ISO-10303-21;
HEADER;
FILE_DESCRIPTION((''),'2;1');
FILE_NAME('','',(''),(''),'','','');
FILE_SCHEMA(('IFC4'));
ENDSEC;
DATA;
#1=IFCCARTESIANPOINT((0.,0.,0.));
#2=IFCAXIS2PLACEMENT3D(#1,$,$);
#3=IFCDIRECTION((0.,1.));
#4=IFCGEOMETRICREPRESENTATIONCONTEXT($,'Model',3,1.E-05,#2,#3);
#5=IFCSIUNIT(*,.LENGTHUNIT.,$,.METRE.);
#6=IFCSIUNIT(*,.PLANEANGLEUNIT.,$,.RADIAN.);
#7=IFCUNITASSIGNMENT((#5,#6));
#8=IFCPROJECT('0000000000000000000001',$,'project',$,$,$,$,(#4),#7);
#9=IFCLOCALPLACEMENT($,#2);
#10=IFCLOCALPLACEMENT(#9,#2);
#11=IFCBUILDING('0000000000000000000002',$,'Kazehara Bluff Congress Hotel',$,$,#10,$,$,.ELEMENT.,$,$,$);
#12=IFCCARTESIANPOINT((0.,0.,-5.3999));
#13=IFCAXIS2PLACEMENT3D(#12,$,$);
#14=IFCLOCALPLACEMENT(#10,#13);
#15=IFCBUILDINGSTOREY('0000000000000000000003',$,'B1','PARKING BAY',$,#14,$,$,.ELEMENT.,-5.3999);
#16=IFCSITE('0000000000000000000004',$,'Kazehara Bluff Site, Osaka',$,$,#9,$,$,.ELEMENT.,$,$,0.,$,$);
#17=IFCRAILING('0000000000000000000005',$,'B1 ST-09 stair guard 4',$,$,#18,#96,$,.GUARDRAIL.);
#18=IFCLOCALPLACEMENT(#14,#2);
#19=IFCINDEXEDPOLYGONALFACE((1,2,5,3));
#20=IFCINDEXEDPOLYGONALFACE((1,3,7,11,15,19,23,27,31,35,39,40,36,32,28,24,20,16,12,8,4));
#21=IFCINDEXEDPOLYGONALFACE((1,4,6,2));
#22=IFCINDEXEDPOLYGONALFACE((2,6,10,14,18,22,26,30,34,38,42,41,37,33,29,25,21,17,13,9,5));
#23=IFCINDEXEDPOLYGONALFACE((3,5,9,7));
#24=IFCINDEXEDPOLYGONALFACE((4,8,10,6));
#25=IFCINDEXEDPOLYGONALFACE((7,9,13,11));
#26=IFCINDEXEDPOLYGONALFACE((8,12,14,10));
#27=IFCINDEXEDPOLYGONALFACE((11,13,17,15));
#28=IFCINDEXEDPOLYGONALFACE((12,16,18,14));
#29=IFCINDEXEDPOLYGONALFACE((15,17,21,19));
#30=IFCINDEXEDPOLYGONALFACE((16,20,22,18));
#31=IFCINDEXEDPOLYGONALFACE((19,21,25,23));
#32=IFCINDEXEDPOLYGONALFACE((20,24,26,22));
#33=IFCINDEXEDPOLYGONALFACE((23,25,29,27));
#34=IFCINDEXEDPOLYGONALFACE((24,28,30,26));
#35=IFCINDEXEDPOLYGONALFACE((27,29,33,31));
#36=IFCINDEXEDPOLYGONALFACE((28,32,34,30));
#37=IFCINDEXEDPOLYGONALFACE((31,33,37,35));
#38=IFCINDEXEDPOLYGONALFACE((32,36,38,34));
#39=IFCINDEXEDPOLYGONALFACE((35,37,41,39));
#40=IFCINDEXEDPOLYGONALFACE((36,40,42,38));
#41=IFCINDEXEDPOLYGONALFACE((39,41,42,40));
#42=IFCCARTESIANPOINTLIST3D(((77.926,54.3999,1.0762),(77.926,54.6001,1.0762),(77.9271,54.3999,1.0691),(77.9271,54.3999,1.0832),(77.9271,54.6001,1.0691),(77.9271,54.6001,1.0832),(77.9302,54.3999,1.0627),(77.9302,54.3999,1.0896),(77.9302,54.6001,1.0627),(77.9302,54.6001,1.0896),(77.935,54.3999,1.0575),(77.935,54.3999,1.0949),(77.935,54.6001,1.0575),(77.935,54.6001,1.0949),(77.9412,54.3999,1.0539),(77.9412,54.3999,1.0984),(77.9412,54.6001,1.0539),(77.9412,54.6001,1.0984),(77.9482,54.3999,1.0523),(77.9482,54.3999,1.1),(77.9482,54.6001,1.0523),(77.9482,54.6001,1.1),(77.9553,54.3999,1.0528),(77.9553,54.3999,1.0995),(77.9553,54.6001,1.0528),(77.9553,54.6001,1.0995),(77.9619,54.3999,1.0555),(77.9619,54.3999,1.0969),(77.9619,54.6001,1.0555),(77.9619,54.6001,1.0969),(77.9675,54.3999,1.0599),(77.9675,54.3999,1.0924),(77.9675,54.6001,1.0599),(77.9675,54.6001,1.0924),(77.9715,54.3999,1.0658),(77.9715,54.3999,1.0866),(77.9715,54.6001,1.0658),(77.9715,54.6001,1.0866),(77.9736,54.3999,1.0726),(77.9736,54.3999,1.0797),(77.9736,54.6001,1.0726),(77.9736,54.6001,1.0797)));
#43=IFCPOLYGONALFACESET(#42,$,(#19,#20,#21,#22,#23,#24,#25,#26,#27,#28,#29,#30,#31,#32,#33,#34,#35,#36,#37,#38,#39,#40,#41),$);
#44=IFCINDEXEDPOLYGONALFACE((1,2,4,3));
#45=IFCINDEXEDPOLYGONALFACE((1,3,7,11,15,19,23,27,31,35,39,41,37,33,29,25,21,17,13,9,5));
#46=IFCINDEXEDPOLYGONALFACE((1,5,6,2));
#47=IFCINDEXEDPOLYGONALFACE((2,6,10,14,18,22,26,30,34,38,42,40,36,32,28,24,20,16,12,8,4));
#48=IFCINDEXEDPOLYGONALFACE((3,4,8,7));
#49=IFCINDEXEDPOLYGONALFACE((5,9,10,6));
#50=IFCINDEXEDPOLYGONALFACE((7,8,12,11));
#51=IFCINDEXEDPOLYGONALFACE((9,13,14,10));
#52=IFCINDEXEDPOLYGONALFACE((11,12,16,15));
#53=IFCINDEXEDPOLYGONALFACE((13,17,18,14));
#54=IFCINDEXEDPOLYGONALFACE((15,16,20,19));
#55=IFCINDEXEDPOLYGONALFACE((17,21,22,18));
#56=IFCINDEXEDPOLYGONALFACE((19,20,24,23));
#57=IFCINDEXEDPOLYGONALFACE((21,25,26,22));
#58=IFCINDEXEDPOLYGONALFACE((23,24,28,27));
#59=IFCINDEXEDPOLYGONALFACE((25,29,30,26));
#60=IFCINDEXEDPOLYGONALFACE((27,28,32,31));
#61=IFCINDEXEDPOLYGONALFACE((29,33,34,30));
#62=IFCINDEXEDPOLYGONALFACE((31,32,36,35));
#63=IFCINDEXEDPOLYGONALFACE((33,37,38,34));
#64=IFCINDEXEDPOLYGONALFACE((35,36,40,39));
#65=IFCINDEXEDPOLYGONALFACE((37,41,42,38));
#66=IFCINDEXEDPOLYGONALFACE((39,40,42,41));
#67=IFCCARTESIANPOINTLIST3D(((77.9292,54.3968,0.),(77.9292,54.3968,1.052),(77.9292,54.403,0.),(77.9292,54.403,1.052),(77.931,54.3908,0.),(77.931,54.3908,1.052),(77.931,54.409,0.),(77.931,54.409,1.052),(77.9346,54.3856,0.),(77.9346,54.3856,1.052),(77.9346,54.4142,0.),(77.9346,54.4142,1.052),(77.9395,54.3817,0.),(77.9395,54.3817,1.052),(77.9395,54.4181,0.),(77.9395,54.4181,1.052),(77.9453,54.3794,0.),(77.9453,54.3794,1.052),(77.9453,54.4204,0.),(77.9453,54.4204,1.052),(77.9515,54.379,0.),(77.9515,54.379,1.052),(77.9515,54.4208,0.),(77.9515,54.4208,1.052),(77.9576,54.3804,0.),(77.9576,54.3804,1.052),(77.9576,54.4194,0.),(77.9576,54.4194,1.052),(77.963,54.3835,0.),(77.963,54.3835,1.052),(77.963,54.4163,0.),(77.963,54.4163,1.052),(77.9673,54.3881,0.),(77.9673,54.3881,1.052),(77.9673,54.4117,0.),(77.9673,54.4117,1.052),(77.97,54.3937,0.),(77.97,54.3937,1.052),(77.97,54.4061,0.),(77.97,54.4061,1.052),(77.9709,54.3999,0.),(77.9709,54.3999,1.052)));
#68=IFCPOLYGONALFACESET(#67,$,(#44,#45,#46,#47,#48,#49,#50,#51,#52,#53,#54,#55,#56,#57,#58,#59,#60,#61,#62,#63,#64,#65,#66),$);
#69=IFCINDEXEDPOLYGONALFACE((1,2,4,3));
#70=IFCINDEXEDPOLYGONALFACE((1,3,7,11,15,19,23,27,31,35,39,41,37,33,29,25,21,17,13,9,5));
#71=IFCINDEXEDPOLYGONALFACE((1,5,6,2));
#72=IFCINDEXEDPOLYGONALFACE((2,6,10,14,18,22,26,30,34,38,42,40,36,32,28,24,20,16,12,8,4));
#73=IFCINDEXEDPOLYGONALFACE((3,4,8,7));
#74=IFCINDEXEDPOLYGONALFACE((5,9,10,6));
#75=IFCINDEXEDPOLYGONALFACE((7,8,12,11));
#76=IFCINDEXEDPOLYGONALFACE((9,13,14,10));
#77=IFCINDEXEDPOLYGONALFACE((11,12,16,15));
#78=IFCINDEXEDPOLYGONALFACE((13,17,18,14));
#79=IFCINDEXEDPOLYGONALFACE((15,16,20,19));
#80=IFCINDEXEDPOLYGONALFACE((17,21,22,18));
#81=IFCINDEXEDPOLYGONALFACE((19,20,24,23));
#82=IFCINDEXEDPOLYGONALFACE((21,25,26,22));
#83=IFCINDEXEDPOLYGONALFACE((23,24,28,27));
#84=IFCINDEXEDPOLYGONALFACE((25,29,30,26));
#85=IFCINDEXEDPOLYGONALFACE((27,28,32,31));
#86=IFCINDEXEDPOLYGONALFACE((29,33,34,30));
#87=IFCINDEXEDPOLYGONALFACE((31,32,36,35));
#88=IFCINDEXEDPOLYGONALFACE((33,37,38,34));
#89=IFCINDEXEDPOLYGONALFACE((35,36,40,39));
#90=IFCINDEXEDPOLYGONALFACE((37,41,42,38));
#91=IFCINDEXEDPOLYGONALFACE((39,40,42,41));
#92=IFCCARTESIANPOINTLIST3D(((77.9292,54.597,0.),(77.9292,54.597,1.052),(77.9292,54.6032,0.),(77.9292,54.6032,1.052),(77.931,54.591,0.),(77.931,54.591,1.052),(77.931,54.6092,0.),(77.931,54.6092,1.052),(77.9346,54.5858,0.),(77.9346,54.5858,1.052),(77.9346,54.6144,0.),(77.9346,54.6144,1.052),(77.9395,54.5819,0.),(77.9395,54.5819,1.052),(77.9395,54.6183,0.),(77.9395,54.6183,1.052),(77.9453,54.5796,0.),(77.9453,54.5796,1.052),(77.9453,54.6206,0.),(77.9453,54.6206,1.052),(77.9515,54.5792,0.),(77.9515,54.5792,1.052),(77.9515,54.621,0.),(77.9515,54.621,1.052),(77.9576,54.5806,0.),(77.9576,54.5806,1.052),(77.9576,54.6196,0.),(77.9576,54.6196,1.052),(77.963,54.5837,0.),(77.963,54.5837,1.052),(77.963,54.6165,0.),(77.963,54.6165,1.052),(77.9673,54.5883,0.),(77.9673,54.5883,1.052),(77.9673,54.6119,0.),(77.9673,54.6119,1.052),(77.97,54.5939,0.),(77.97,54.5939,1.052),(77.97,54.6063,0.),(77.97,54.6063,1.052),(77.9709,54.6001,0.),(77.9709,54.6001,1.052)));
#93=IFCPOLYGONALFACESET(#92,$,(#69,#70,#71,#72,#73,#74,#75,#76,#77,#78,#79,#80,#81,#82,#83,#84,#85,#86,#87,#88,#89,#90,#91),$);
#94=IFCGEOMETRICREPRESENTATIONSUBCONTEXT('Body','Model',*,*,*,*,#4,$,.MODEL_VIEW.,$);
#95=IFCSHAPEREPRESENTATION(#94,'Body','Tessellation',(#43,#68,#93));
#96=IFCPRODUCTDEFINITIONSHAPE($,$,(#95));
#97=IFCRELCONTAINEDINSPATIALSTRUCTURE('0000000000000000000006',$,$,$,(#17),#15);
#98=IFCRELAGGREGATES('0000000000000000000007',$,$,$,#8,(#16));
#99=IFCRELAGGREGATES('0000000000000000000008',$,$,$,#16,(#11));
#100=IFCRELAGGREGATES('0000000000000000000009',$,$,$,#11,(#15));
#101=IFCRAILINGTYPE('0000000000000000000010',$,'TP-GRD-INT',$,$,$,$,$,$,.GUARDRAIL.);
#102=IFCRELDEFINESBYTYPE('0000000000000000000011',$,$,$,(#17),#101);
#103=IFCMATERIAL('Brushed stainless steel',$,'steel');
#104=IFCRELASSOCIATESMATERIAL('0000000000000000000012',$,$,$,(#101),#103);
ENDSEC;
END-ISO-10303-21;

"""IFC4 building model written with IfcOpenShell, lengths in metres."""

from ifc_helpers import new_model, si_unit, direction, frame, origin, origin_2d, place, context, subcontext, project, spatial, circle, extrude, material, type_object, element, save


model = new_model("IFC4")

# Units and contexts
model_context = context("Model", 3, precision=1e-05, world=origin(), true_north=direction((0.0, 1.0)))
body_context = subcontext(model_context, "Body", "Model", "MODEL_VIEW")
ifc_project = project(units=[si_unit("LENGTHUNIT", "METRE"), si_unit("PLANEANGLEUNIT", "RADIAN")], contexts=[model_context])

# Site, building, storey
site_placement = place(None, origin())
site = spatial("IfcSite", under=ifc_project, at=site_placement, Name="Kazehara Bluff Site, Osaka", CompositionType="ELEMENT", RefElevation=0.0)
building_placement = place(site_placement, origin())
building = spatial("IfcBuilding", under=site, at=building_placement, Name="Kazehara Bluff Congress Hotel", CompositionType="ELEMENT")
storey_placement = place(building_placement, frame((0.0, 0.0, -5.3999)))
storey = spatial("IfcBuildingStorey", under=building, at=storey_placement, Name="B1", Description="PARKING BAY", CompositionType="ELEMENT", Elevation=-5.3999)

# Railing
ifc_material_1 = material(Name="Brushed stainless steel", Category="steel")
railing_type_1 = type_object("IfcRailingType", Name="TP-GRD-INT", PredefinedType="GUARDRAIL", material=ifc_material_1)
railing_1_placement = place(storey_placement, frame((77.95, 54.3999, 0.0)))
element("IfcRailing", 1, at=railing_1_placement, inside=storey, type_object=railing_type_1, Name="B1 ST-09 stair guard 4", PredefinedType="GUARDRAIL", context=body_context, shape_type="SweptSolid", body=[
    extrude(circle(Radius=0.0239, at=origin_2d()), frame((0.0, 0.0, 1.0762), z_axis=(0.0, 1.0, 0.0), x_axis=(-1.0, 0.0, 0.0)), (0.0, 0.0, 1.0), 0.2002),
    extrude(circle(Radius=0.021, at=origin_2d()), origin(), (0.0, 0.0, 1.0), 1.052),
    extrude(circle(Radius=0.021, at=origin_2d()), frame((0.0, 0.2002, 0.0)), (0.0, 0.0, 1.0), 1.052),
])

save(model, "model.ifc")
